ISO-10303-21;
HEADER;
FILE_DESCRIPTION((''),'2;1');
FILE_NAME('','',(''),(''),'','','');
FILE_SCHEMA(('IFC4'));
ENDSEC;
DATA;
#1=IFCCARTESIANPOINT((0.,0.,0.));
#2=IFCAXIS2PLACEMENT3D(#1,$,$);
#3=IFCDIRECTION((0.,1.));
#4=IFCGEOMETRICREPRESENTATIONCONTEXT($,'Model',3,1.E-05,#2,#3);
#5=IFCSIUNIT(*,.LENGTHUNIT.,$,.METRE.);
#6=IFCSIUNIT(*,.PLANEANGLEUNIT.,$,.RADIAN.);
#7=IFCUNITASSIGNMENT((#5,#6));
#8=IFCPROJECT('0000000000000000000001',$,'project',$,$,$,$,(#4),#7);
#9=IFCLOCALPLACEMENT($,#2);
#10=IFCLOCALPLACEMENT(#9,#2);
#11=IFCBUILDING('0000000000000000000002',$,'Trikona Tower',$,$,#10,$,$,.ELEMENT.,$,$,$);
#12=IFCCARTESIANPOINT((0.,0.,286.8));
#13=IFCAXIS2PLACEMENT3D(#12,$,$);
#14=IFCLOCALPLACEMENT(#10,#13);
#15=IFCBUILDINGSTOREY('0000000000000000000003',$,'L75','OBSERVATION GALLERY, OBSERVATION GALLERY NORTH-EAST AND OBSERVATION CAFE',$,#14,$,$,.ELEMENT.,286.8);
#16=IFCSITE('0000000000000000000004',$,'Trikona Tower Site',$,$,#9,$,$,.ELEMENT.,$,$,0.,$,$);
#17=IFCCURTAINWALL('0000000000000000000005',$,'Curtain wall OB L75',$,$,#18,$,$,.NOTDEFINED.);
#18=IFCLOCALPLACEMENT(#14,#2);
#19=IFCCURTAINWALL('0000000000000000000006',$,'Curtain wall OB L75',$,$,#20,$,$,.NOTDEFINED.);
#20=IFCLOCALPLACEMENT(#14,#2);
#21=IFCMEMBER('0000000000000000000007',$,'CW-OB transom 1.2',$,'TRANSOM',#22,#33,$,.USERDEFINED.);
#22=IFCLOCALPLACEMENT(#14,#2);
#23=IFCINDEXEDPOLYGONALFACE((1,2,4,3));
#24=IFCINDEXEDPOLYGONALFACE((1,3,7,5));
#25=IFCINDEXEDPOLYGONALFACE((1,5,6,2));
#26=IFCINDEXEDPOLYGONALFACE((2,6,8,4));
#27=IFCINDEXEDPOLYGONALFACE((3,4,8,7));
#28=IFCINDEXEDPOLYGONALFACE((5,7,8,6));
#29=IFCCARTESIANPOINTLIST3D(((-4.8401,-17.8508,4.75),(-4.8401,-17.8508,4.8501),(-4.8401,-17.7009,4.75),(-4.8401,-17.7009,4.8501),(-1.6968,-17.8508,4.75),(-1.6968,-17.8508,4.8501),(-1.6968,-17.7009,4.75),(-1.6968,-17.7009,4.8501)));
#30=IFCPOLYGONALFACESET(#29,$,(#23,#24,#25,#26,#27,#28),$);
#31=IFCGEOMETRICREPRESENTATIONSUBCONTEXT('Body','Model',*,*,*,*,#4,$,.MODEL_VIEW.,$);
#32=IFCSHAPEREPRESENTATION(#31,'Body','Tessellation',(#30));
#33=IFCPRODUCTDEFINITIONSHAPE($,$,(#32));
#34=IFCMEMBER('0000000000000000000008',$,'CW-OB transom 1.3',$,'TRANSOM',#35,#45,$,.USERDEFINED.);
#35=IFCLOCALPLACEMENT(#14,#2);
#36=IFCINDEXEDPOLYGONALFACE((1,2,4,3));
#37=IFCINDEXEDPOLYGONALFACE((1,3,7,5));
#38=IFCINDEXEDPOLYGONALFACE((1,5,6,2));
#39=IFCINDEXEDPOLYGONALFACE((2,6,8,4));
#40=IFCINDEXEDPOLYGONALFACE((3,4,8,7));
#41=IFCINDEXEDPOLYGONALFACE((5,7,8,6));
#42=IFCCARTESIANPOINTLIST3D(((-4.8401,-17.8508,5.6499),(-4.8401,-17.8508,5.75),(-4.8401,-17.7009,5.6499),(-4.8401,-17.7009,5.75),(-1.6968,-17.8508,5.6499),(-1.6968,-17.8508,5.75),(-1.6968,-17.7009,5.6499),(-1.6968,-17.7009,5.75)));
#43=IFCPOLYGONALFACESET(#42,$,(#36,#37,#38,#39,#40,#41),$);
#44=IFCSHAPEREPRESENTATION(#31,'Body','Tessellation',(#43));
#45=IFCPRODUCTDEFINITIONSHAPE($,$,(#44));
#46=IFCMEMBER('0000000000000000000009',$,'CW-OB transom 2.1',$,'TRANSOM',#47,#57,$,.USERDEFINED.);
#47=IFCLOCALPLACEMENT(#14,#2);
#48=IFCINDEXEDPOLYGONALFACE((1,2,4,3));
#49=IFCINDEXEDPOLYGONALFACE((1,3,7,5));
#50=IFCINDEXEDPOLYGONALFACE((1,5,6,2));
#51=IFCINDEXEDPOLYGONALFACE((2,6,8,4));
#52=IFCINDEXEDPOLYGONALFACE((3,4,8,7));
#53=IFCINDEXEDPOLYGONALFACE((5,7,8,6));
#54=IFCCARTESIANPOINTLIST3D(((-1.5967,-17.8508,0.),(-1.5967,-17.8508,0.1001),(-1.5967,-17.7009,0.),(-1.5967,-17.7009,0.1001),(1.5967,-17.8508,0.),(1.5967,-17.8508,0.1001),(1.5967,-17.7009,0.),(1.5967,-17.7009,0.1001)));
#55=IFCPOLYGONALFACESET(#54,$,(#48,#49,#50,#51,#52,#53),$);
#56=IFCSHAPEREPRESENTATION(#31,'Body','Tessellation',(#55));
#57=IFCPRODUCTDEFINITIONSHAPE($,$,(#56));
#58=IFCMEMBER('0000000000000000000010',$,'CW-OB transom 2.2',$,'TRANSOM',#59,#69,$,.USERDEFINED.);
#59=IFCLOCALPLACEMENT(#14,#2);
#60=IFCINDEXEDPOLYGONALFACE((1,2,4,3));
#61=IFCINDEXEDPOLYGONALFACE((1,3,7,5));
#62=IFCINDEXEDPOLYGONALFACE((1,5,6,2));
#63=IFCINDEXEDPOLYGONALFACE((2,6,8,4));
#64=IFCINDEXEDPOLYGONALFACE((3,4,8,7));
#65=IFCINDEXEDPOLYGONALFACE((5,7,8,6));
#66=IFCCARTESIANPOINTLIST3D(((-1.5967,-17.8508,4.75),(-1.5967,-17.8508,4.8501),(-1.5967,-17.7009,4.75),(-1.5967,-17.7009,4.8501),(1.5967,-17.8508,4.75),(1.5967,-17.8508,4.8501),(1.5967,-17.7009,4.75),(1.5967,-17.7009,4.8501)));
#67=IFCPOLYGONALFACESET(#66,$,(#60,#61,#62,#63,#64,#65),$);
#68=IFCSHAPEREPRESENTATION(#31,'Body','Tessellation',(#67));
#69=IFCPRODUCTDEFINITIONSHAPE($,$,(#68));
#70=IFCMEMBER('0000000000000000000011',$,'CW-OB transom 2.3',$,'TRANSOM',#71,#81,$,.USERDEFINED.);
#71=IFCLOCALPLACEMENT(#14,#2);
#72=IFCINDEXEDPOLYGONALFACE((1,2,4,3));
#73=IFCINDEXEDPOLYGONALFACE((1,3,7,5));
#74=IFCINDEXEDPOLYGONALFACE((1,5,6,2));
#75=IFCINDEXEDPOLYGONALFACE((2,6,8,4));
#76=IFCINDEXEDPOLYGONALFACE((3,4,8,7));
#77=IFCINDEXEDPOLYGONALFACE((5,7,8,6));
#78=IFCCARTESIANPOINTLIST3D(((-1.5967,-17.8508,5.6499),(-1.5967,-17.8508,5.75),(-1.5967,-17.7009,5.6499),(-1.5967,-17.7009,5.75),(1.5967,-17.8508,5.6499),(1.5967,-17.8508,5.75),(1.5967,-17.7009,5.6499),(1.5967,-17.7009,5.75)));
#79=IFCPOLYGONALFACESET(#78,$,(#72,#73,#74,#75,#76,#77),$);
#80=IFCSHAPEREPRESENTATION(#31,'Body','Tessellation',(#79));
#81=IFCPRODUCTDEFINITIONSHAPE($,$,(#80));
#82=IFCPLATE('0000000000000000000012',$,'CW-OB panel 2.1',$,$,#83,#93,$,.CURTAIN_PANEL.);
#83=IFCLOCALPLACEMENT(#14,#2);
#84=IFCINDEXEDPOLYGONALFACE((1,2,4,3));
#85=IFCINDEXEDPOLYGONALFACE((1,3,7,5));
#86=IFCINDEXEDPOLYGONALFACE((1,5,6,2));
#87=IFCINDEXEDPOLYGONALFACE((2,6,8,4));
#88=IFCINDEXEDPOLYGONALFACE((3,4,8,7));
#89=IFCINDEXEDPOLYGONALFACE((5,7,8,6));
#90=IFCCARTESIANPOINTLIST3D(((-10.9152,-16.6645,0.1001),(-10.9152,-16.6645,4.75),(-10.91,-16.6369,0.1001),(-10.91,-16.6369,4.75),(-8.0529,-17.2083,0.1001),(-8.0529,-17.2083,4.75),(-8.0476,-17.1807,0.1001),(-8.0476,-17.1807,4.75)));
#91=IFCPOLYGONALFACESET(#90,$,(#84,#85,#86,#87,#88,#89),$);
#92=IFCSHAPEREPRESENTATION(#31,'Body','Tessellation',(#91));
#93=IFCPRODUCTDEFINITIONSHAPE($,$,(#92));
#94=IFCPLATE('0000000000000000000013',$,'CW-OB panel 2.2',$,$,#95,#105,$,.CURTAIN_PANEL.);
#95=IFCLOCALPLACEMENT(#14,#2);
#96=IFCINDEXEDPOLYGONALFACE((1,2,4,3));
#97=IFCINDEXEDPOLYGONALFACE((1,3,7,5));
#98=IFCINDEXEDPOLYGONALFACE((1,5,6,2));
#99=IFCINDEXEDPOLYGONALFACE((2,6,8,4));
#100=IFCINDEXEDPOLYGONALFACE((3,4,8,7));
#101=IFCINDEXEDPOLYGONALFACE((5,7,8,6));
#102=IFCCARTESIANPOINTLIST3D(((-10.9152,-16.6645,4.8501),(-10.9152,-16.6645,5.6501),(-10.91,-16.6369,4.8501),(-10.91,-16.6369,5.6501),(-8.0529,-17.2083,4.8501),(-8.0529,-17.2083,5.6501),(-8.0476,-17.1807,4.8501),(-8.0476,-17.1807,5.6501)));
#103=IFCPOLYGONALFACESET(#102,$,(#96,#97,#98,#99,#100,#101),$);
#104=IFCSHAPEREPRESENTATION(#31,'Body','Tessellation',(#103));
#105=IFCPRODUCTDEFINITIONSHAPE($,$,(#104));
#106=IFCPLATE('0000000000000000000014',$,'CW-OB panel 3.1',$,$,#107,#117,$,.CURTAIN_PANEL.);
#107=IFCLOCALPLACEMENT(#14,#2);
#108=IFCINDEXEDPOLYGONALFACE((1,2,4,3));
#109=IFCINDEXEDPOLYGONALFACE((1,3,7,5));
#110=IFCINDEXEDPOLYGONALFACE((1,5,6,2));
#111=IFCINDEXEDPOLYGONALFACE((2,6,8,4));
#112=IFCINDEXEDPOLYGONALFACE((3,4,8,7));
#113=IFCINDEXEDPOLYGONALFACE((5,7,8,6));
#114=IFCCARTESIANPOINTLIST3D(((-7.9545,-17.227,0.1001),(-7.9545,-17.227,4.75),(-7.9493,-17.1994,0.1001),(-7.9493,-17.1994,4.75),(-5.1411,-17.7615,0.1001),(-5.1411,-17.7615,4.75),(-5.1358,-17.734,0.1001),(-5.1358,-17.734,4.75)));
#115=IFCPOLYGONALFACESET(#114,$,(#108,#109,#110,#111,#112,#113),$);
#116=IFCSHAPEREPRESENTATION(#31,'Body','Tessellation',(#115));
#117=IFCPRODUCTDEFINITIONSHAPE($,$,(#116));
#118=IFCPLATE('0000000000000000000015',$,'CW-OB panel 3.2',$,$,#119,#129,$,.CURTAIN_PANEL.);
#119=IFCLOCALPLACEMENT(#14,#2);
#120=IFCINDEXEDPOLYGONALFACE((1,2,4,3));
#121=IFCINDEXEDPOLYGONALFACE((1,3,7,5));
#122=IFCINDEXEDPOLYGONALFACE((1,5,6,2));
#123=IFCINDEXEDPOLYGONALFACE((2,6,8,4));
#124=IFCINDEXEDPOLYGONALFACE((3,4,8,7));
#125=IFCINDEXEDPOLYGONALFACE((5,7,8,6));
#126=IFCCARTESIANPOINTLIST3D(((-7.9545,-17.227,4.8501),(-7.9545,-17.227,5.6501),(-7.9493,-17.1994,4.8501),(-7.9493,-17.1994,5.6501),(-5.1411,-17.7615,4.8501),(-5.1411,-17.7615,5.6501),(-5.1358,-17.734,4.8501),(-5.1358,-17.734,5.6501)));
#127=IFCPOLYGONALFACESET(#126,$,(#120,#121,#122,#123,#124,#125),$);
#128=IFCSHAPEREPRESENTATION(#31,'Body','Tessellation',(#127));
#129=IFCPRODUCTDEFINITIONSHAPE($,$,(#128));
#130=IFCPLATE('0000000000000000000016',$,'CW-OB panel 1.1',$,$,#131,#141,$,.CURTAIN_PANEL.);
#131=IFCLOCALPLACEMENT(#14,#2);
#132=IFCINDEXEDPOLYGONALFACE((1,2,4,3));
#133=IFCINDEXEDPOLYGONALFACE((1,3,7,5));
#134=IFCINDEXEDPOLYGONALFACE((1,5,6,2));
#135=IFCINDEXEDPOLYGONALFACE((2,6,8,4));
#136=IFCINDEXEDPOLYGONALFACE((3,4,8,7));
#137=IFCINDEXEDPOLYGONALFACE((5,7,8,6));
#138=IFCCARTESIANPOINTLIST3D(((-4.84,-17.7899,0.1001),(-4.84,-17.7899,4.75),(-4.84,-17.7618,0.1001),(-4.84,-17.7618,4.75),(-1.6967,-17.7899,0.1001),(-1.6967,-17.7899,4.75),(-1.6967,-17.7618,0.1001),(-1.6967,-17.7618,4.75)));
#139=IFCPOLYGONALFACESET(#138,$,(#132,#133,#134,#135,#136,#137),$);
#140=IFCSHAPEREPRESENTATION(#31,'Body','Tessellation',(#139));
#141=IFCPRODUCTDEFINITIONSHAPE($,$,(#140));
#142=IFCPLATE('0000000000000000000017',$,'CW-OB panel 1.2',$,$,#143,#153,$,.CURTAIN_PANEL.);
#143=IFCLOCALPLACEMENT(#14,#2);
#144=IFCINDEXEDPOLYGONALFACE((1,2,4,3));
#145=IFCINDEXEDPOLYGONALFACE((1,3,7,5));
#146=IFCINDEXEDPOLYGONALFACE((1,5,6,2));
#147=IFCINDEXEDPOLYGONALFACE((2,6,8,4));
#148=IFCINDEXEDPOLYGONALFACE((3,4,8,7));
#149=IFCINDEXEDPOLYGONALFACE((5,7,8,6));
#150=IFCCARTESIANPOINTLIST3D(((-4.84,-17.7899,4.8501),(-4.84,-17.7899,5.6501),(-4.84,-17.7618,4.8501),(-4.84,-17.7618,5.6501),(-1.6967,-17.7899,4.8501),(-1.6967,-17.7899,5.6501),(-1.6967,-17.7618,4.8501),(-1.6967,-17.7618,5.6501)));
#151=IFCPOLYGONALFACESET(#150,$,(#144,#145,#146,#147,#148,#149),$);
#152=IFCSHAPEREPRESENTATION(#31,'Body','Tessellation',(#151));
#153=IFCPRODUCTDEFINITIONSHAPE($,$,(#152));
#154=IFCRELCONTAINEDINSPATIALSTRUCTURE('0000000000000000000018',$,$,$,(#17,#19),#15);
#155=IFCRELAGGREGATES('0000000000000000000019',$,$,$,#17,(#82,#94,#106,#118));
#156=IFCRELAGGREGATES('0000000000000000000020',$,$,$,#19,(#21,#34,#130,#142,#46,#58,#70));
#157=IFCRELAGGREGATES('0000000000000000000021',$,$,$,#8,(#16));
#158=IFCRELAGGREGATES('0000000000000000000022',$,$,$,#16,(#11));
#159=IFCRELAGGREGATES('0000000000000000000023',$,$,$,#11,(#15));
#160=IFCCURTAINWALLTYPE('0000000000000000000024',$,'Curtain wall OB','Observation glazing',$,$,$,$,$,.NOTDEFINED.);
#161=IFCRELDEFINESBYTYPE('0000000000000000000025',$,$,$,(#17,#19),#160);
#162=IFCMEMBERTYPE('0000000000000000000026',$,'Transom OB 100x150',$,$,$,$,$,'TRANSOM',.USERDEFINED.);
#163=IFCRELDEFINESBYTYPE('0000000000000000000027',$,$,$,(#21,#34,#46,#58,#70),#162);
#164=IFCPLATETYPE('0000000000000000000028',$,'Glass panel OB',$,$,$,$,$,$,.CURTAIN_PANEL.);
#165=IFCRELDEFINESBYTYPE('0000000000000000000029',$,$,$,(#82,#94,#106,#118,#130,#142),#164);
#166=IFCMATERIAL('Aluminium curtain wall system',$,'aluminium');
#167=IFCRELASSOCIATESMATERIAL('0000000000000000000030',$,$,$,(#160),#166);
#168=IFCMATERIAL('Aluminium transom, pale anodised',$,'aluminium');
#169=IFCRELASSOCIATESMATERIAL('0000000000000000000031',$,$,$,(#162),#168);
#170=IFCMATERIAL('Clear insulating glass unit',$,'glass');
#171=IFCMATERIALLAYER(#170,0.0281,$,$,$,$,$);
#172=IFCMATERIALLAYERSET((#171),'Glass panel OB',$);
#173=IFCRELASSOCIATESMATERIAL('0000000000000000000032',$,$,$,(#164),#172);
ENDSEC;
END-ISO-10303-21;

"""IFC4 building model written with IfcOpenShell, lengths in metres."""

from ifc_helpers import new_model, si_unit, direction, frame, origin, origin_2d, place, context, subcontext, project, spatial, rectangle, extrude, material, layer, layer_set, material_profile, profile_set, type_object, element, aggregate, save


model = new_model("IFC4")

# Units and contexts
model_context = context("Model", 3, precision=1e-05, world=origin(), true_north=direction((0.0, 1.0)))
body_context = subcontext(model_context, "Body", "Model", "MODEL_VIEW")
ifc_project = project(units=[si_unit("LENGTHUNIT", "METRE"), si_unit("PLANEANGLEUNIT", "RADIAN")], contexts=[model_context])

# Site, building, storey
site_placement = place(None, origin())
site = spatial("IfcSite", under=ifc_project, at=site_placement, Name="Trikona Tower Site", CompositionType="ELEMENT", RefElevation=0.0)
building_placement = place(site_placement, origin())
building = spatial("IfcBuilding", under=site, at=building_placement, Name="Trikona Tower", CompositionType="ELEMENT")
storey_placement = place(building_placement, frame((0.0, 0.0, 286.8)))
storey = spatial("IfcBuildingStorey", under=building, at=storey_placement, Name="L75", Description="OBSERVATION GALLERY, OBSERVATION GALLERY NORTH-EAST AND OBSERVATION CAFE", CompositionType="ELEMENT", Elevation=286.8)

# Curtain walls
ifc_material_1 = material(Name="Aluminium curtain wall system", Category="aluminium")
curtain_wall_type = type_object("IfcCurtainWallType", Name="Curtain wall OB", Description="Observation glazing", PredefinedType="NOTDEFINED", material=ifc_material_1)
curtain_wall_1_placement = place(storey_placement, origin())
curtain_wall_1 = element("IfcCurtainWall", 1, at=curtain_wall_1_placement, inside=storey, type_object=curtain_wall_type, Name="Curtain wall OB L75", PredefinedType="NOTDEFINED")
curtain_wall_2_placement = place(storey_placement, origin())
curtain_wall_2 = element("IfcCurtainWall", 2, at=curtain_wall_2_placement, inside=storey, type_object=curtain_wall_type, Name="Curtain wall OB L75", PredefinedType="NOTDEFINED")

# Members
ifc_material_2 = material(Name="Aluminium transom, pale anodised", Category="aluminium")
ifc_material_profile_1 = material_profile(ifc_material_2, rectangle(XDim=0.1499, YDim=0.1001, at=origin_2d()), Name="TRN-OB")
ifc_profile_set_1 = profile_set([ifc_material_profile_1], Name="Aluminium transom, pale anodised")
member_type_1 = type_object("IfcMemberType", Name="Transom OB 100x150", ElementType="TRANSOM", PredefinedType="USERDEFINED", material=ifc_profile_set_1)
member_1_placement = place(storey_placement, frame((-4.8401, -17.7759, 4.8), z_axis=(1.0, 0.0, 0.0), x_axis=(0.0, 1.0, 0.0)))
member_1 = element("IfcMember", 3, at=member_1_placement, type_object=member_type_1, Name="CW-OB transom 1.2", ObjectType="TRANSOM", PredefinedType="USERDEFINED", context=body_context, shape_type="SweptSolid", body=[
    extrude(rectangle(XDim=0.1499, YDim=0.1001, at=origin_2d()), origin(), (0.0, 0.0, 1.0), 3.1433),
])
member_2_placement = place(storey_placement, frame((-4.8401, -17.7759, 5.7), z_axis=(1.0, 0.0, 0.0), x_axis=(0.0, 1.0, 0.0)))
member_2 = element("IfcMember", 4, at=member_2_placement, type_object=member_type_1, Name="CW-OB transom 1.3", ObjectType="TRANSOM", PredefinedType="USERDEFINED", context=body_context, shape_type="SweptSolid", body=[
    extrude(rectangle(XDim=0.1499, YDim=0.1001, at=origin_2d()), origin(), (0.0, 0.0, 1.0), 3.1433),
])
member_3_placement = place(storey_placement, frame((-1.5967, -17.7759, 0.05), z_axis=(1.0, 0.0, 0.0), x_axis=(0.0, 1.0, 0.0)))
member_3 = element("IfcMember", 5, at=member_3_placement, type_object=member_type_1, Name="CW-OB transom 2.1", ObjectType="TRANSOM", PredefinedType="USERDEFINED", context=body_context, shape_type="SweptSolid", body=[
    extrude(rectangle(XDim=0.1499, YDim=0.1001, at=origin_2d()), origin(), (0.0, 0.0, 1.0), 3.1934),
])
member_4_placement = place(storey_placement, frame((-1.5967, -17.7759, 4.8), z_axis=(1.0, 0.0, 0.0), x_axis=(0.0, 1.0, 0.0)))
member_4 = element("IfcMember", 6, at=member_4_placement, type_object=member_type_1, Name="CW-OB transom 2.2", ObjectType="TRANSOM", PredefinedType="USERDEFINED", context=body_context, shape_type="SweptSolid", body=[
    extrude(rectangle(XDim=0.1499, YDim=0.1001, at=origin_2d()), origin(), (0.0, 0.0, 1.0), 3.1934),
])
member_5_placement = place(storey_placement, frame((-1.5967, -17.7759, 5.7), z_axis=(1.0, 0.0, 0.0), x_axis=(0.0, 1.0, 0.0)))
member_5 = element("IfcMember", 7, at=member_5_placement, type_object=member_type_1, Name="CW-OB transom 2.3", ObjectType="TRANSOM", PredefinedType="USERDEFINED", context=body_context, shape_type="SweptSolid", body=[
    extrude(rectangle(XDim=0.1499, YDim=0.1001, at=origin_2d()), origin(), (0.0, 0.0, 1.0), 3.1934),
])

# Plates
ifc_material_3 = material(Name="Clear insulating glass unit", Category="glass")
ifc_layer = layer(ifc_material_3, 0.0281)
ifc_layer_set = layer_set([ifc_layer], Name="Glass panel OB")
plate_type = type_object("IfcPlateType", Name="Glass panel OB", PredefinedType="CURTAIN_PANEL", material=ifc_layer_set)
plate_1_placement = place(storey_placement, frame((-9.4814, -16.9226, 0.1001), z_axis=(0.0, 0.0, 1.0), x_axis=(0.982424, -0.186661, 0.0)))
plate_1 = element("IfcPlate", 8, at=plate_1_placement, type_object=plate_type, Name="CW-OB panel 2.1", PredefinedType="CURTAIN_PANEL", context=body_context, shape_type="SweptSolid", body=[
    extrude(rectangle(XDim=2.9136, YDim=0.0281, at=origin_2d()), origin(), (0.0, 0.0, 1.0), 4.6499),
])
plate_2_placement = place(storey_placement, frame((-9.4814, -16.9226, 4.8501), z_axis=(0.0, 0.0, 1.0), x_axis=(0.982424, -0.186661, 0.0)))
plate_2 = element("IfcPlate", 9, at=plate_2_placement, type_object=plate_type, Name="CW-OB panel 2.2", PredefinedType="CURTAIN_PANEL", context=body_context, shape_type="SweptSolid", body=[
    extrude(rectangle(XDim=2.9136, YDim=0.0281, at=origin_2d()), origin(), (0.0, 0.0, 1.0), 0.8),
])
plate_3_placement = place(storey_placement, frame((-6.5452, -17.4805, 0.1001), z_axis=(0.0, 0.0, 1.0), x_axis=(0.982424, -0.186661, 0.0)))
plate_3 = element("IfcPlate", 10, at=plate_3_placement, type_object=plate_type, Name="CW-OB panel 3.1", PredefinedType="CURTAIN_PANEL", context=body_context, shape_type="SweptSolid", body=[
    extrude(rectangle(XDim=2.8638, YDim=0.0281, at=origin_2d()), origin(), (0.0, 0.0, 1.0), 4.6499),
])
plate_4_placement = place(storey_placement, frame((-6.5452, -17.4805, 4.8501), z_axis=(0.0, 0.0, 1.0), x_axis=(0.982424, -0.186661, 0.0)))
plate_4 = element("IfcPlate", 11, at=plate_4_placement, type_object=plate_type, Name="CW-OB panel 3.2", PredefinedType="CURTAIN_PANEL", context=body_context, shape_type="SweptSolid", body=[
    extrude(rectangle(XDim=2.8638, YDim=0.0281, at=origin_2d()), origin(), (0.0, 0.0, 1.0), 0.8),
])
aggregate(curtain_wall_1, [plate_1, plate_2, plate_3, plate_4])
plate_5_placement = place(storey_placement, frame((-3.2683, -17.7759, 0.1001), z_axis=(0.0, 0.0, 1.0), x_axis=(1.0, 0.0, 0.0)))
plate_5 = element("IfcPlate", 12, at=plate_5_placement, type_object=plate_type, Name="CW-OB panel 1.1", PredefinedType="CURTAIN_PANEL", context=body_context, shape_type="SweptSolid", body=[
    extrude(rectangle(XDim=3.1433, YDim=0.0281, at=origin_2d()), origin(), (0.0, 0.0, 1.0), 4.6499),
])
plate_6_placement = place(storey_placement, frame((-3.2683, -17.7759, 4.8501), z_axis=(0.0, 0.0, 1.0), x_axis=(1.0, 0.0, 0.0)))
plate_6 = element("IfcPlate", 13, at=plate_6_placement, type_object=plate_type, Name="CW-OB panel 1.2", PredefinedType="CURTAIN_PANEL", context=body_context, shape_type="SweptSolid", body=[
    extrude(rectangle(XDim=3.1433, YDim=0.0281, at=origin_2d()), origin(), (0.0, 0.0, 1.0), 0.8),
])
aggregate(curtain_wall_2, [member_1, member_2, plate_5, plate_6, member_3, member_4, member_5])

save(model, "model.ifc")
